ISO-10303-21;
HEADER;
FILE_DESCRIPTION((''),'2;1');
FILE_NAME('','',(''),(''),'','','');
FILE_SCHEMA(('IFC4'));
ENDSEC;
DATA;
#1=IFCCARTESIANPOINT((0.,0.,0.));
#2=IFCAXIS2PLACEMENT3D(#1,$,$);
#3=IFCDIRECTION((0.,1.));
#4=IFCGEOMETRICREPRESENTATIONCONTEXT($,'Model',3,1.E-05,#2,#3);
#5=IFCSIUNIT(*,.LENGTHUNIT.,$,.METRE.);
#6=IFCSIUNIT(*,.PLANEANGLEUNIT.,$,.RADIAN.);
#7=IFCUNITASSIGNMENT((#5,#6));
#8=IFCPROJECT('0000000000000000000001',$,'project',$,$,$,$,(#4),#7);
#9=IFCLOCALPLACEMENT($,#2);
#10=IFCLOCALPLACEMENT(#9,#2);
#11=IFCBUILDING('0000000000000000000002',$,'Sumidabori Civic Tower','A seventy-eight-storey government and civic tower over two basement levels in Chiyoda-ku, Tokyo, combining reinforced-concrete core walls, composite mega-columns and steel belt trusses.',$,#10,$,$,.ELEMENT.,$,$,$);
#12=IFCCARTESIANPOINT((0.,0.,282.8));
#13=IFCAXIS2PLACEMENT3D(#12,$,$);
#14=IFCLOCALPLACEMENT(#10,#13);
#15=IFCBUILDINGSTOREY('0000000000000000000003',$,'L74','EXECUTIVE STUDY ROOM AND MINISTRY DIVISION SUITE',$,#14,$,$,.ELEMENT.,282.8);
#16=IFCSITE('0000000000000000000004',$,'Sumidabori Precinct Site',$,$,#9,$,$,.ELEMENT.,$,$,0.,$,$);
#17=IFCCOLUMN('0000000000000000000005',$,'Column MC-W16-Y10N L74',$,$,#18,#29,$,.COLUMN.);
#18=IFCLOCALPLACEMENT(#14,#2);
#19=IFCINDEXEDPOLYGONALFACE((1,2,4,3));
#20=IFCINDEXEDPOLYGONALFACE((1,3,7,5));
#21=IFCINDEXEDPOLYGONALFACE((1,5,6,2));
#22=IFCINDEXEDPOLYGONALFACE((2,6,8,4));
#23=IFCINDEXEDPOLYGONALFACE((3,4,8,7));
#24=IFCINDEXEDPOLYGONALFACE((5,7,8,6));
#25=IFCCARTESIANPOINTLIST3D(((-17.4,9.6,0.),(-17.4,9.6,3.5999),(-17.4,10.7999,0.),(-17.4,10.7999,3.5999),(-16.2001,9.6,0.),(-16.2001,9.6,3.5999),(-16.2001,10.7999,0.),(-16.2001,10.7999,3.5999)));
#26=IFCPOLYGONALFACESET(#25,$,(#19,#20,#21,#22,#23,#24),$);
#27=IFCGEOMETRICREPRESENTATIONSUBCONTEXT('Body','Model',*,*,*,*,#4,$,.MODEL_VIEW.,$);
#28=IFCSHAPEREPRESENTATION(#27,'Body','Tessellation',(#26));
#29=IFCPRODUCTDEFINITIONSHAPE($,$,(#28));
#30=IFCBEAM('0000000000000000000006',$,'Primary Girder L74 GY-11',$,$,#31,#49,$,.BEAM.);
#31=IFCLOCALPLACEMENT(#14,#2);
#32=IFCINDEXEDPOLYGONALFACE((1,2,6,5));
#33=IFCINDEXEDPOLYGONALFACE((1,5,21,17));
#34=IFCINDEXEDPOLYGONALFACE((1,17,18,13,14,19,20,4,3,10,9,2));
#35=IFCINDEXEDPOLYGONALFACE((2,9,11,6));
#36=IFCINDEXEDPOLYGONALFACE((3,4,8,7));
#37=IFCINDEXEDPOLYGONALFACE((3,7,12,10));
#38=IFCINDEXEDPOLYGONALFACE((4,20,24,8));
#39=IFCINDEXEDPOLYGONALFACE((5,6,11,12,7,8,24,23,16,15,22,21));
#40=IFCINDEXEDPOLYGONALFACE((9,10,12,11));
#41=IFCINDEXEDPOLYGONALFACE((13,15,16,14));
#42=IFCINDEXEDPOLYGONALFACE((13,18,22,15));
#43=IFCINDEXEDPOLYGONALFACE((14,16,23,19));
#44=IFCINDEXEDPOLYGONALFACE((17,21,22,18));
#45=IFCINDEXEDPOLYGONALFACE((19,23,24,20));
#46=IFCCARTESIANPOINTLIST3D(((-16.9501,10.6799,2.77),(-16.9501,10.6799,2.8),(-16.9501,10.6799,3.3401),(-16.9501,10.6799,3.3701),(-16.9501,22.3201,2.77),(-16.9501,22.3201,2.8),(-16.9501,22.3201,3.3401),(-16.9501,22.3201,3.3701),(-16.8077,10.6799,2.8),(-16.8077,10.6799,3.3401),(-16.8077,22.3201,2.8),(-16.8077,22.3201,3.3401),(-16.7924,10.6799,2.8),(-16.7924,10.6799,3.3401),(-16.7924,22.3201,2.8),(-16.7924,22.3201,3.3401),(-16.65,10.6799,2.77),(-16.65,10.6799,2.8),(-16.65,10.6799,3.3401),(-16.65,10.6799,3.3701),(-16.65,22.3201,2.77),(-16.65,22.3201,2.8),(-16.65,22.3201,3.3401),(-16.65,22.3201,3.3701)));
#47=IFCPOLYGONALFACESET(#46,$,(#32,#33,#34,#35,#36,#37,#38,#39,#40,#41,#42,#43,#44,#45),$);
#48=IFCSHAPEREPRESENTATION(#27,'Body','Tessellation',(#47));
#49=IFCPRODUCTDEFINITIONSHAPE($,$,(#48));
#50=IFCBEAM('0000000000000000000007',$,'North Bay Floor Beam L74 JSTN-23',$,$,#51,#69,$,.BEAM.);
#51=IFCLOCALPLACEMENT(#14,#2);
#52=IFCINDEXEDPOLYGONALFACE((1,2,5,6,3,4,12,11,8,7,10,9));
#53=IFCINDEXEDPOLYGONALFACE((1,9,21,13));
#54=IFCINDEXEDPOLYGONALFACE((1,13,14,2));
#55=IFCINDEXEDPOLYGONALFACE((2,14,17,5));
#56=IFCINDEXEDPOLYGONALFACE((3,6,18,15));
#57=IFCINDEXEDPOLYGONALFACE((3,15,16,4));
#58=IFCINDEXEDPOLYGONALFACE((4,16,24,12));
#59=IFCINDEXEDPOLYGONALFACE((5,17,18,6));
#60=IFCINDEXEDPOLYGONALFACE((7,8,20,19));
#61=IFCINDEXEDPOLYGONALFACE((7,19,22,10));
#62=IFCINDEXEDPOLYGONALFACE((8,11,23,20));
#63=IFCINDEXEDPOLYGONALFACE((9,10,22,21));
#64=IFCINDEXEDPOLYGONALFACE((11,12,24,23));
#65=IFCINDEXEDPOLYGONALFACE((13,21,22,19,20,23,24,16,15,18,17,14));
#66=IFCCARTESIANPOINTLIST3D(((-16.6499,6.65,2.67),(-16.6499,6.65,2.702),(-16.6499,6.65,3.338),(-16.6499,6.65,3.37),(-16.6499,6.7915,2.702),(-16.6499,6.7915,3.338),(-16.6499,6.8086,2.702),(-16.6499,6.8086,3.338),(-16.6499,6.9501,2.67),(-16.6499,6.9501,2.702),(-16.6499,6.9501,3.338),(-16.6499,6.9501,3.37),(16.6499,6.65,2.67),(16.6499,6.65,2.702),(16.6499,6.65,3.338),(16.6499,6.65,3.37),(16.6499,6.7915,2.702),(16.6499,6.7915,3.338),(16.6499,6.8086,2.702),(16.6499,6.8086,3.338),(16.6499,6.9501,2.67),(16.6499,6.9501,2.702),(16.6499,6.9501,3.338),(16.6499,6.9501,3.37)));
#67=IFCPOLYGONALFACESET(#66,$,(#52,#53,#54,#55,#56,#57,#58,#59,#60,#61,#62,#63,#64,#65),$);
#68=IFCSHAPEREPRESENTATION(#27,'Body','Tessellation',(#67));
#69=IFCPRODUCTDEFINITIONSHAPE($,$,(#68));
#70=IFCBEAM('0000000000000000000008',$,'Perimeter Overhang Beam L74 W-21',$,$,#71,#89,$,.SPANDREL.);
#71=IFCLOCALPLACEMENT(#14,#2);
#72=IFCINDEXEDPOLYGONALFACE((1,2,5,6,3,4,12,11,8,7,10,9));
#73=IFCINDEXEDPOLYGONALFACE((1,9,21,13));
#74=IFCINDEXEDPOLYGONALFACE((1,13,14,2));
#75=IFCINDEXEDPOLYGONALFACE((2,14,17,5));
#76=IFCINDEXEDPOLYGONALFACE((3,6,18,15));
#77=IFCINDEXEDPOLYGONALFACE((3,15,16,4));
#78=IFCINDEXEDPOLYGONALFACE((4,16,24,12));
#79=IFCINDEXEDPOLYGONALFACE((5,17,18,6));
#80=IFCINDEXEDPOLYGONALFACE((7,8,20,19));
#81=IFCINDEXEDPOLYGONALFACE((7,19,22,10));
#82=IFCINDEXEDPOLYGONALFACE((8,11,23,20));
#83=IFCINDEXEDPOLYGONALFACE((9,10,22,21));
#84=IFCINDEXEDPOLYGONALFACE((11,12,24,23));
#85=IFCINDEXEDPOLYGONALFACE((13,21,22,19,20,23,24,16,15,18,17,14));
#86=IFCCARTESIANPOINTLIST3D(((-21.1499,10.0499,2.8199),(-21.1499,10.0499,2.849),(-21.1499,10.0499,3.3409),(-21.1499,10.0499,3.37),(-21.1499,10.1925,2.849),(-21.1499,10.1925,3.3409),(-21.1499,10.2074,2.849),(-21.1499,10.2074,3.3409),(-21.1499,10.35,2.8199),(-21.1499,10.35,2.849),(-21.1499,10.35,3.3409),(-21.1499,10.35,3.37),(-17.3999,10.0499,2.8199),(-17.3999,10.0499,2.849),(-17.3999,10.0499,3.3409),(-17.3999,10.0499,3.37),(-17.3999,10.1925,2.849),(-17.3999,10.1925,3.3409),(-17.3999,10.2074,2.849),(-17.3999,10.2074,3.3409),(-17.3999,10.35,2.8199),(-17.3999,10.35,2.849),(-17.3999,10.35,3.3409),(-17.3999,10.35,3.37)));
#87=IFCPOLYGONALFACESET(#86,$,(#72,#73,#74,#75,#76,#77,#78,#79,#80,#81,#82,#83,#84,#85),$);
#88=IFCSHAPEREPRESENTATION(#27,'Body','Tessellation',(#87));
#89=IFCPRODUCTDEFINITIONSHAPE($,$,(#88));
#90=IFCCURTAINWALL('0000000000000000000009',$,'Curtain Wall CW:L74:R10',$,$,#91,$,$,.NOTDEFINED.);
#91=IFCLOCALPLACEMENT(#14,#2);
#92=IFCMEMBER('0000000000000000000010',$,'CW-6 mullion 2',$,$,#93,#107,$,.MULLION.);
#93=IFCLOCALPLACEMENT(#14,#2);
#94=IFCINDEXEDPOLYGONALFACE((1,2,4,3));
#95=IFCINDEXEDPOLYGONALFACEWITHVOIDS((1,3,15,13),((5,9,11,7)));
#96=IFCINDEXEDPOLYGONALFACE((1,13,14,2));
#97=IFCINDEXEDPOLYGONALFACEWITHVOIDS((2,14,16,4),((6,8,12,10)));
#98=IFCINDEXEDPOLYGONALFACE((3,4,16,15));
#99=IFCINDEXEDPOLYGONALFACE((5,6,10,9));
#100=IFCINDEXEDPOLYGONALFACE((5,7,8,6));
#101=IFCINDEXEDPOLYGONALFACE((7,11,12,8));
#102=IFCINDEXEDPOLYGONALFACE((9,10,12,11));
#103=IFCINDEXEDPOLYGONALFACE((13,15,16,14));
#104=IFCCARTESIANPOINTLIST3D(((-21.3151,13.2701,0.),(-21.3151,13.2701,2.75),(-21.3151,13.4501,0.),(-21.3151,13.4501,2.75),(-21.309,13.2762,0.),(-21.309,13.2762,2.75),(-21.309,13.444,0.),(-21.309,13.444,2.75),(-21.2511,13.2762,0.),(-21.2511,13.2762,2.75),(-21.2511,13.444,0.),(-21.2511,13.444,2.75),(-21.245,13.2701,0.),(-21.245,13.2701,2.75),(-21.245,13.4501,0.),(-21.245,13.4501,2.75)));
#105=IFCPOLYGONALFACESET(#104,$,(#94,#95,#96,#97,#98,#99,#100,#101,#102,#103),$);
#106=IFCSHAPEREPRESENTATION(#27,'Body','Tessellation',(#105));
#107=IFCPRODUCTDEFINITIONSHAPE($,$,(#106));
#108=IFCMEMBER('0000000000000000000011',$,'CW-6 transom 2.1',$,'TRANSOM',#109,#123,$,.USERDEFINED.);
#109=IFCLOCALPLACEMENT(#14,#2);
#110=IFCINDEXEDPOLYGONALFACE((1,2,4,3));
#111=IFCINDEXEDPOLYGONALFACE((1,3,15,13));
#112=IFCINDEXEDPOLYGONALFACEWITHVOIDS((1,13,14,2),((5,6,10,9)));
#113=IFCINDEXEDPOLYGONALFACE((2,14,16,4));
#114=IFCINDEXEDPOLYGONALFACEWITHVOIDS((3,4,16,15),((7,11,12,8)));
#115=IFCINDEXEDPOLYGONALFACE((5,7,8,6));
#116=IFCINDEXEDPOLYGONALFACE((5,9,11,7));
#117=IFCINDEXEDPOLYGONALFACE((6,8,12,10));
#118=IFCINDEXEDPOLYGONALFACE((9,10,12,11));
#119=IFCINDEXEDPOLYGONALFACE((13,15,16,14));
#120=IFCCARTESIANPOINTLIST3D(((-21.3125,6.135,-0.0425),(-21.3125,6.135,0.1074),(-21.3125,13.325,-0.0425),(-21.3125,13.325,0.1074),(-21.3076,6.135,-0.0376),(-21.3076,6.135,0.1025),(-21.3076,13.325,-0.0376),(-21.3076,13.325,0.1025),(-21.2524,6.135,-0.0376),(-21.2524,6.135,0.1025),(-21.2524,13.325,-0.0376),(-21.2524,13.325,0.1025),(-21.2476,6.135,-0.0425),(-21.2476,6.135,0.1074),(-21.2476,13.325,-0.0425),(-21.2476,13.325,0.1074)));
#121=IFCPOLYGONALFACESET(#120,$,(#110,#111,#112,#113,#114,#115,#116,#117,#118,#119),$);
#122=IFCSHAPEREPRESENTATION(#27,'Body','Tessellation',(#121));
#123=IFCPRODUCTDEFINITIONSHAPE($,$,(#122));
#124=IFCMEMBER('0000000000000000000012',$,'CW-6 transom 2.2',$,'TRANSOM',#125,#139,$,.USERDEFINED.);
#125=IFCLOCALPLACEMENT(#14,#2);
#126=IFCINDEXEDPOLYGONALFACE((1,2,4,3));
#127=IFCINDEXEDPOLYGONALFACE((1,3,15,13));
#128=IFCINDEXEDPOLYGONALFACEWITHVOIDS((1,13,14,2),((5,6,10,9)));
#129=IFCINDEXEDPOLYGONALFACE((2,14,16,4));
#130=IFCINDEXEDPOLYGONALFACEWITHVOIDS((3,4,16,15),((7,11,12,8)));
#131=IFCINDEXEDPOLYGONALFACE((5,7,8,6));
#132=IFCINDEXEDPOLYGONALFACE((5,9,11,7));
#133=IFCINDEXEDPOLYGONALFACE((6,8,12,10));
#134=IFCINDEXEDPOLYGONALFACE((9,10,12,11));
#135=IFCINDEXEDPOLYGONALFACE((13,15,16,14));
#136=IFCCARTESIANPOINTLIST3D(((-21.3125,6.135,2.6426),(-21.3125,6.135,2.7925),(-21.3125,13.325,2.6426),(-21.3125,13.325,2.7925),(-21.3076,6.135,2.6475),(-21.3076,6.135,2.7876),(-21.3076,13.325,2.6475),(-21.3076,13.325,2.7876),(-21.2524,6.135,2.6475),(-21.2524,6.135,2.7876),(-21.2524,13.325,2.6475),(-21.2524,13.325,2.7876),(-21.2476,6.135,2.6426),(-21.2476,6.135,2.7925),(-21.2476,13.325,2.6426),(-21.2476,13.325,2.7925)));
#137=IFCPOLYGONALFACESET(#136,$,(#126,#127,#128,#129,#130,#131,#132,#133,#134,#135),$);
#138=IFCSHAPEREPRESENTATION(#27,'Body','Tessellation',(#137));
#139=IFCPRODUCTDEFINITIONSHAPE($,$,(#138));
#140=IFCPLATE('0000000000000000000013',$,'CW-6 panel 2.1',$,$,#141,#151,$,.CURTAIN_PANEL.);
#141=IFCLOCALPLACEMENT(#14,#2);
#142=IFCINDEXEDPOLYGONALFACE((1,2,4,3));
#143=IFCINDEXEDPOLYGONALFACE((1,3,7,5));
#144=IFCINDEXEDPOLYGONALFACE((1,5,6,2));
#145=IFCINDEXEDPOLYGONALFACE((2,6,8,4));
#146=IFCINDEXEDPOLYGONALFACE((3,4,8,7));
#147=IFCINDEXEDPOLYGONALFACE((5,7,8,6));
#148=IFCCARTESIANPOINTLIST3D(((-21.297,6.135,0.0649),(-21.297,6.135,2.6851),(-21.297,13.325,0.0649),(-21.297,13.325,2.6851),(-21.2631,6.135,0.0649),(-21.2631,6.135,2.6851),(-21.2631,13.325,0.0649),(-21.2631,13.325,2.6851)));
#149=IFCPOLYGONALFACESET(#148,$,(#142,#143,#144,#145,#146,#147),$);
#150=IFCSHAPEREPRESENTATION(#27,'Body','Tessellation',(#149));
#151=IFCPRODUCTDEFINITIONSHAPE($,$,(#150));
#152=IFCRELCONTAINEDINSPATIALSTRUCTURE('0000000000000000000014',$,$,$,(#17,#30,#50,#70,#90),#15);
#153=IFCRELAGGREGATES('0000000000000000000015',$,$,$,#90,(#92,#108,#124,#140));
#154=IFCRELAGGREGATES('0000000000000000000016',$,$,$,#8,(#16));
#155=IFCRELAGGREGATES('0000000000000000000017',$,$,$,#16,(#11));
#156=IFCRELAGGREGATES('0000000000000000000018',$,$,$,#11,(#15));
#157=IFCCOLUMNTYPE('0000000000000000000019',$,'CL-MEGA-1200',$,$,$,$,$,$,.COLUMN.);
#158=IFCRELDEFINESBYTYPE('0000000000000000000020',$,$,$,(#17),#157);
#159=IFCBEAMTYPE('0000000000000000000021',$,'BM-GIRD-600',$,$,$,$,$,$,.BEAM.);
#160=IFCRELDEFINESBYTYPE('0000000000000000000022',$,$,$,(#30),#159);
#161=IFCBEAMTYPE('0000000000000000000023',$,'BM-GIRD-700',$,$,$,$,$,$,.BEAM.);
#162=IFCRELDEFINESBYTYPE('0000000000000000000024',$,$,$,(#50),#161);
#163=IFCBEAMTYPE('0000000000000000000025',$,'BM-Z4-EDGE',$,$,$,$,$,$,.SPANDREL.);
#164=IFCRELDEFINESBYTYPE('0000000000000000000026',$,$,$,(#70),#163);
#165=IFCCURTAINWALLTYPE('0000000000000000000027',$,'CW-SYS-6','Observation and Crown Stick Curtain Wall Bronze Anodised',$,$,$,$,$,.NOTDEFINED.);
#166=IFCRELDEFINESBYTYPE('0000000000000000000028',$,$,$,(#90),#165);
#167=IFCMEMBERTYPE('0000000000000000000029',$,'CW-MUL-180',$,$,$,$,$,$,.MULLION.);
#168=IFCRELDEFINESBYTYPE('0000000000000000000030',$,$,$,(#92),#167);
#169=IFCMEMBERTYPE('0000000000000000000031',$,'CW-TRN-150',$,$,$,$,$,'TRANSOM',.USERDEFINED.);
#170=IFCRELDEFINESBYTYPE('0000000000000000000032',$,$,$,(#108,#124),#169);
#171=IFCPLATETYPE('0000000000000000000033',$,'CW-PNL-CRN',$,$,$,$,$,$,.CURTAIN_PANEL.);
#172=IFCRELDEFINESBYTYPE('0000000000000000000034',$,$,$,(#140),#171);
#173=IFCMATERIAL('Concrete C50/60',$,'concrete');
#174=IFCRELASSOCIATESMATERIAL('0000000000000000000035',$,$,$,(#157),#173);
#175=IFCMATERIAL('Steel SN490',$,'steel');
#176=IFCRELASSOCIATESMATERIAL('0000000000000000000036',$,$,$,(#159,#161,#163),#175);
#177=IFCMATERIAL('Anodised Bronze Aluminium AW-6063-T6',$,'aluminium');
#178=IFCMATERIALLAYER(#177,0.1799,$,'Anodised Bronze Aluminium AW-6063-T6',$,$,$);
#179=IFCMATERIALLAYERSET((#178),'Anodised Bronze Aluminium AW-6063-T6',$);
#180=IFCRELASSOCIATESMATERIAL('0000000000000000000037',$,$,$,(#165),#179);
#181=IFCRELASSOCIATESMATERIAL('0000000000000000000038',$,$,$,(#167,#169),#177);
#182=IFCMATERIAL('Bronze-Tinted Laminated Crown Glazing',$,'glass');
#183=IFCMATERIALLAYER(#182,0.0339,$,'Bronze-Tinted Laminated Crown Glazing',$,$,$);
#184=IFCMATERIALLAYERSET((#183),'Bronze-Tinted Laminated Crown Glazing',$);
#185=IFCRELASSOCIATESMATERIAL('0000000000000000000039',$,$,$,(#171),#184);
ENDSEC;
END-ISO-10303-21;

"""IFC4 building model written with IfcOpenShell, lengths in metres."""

from ifc_helpers import new_model, si_unit, direction, frame, origin, origin_2d, place, context, subcontext, project, spatial, rectangle, hollow_rectangle, i_section, extrude, source, transform, mapped, material, layer, layer_set, material_profile, profile_set, type_object, element, aggregate, save


model = new_model("IFC4")

# Units and contexts
model_context = context("Model", 3, precision=1e-05, world=origin(), true_north=direction((0.0, 1.0)))
body_context = subcontext(model_context, "Body", "Model", "MODEL_VIEW")
ifc_project = project(units=[si_unit("LENGTHUNIT", "METRE"), si_unit("PLANEANGLEUNIT", "RADIAN")], contexts=[model_context])

# Site, building, storey
site_placement = place(None, origin())
site = spatial("IfcSite", under=ifc_project, at=site_placement, Name="Sumidabori Precinct Site", CompositionType="ELEMENT", RefElevation=0.0)
building_placement = place(site_placement, origin())
building = spatial("IfcBuilding", under=site, at=building_placement, Name="Sumidabori Civic Tower", Description="A seventy-eight-storey government and civic tower over two basement levels in Chiyoda-ku, Tokyo, combining reinforced-concrete core walls, composite mega-columns and steel belt trusses.", CompositionType="ELEMENT")
storey_placement = place(building_placement, frame((0.0, 0.0, 282.8)))
storey = spatial("IfcBuildingStorey", under=building, at=storey_placement, Name="L74", Description="EXECUTIVE STUDY ROOM AND MINISTRY DIVISION SUITE", CompositionType="ELEMENT", Elevation=282.8)

# Column
ifc_material_1 = material(Name="Concrete C50/60", Category="concrete")
ifc_material_profile_1 = material_profile(ifc_material_1, rectangle(XDim=1.2, YDim=1.2, at=origin_2d()), Name="RC 1200x1200")
ifc_profile_set_1 = profile_set([ifc_material_profile_1], Name="Concrete C50/60")
column_type = type_object("IfcColumnType", Name="CL-MEGA-1200", PredefinedType="COLUMN", material=ifc_profile_set_1)
shared_shape_1 = source(origin(), body_context, "Body", "SweptSolid", [
    extrude(rectangle(XDim=1.2, YDim=1.2, at=origin_2d()), origin(), (0.0, 0.0, 1.0), 3.5999),
])
column_placement = place(storey_placement, frame((-16.8, 10.2, 0.0), z_axis=(0.0, 0.0, 1.0), x_axis=(1.0, 0.0, 0.0)))
element("IfcColumn", 1, at=column_placement, inside=storey, type_object=column_type, Name="Column MC-W16-Y10N L74", PredefinedType="COLUMN", context=body_context, shape_type="MappedRepresentation", body=[
    mapped(shared_shape_1, transform((0.0, 0.0, 0.0), x_axis=(1.0, 0.0, 0.0), y_axis=(0.0, 1.0, 0.0), z_axis=(0.0, 0.0, 1.0), scale=1.0)),
])

# Beams
ifc_material_2 = material(Name="Steel SN490", Category="steel")
ifc_material_profile_2 = material_profile(ifc_material_2, i_section(OverallWidth=0.3, OverallDepth=0.6001, WebThickness=0.0154, FlangeThickness=0.03, at=origin_2d()), Name="HE 600 B")
ifc_profile_set_2 = profile_set([ifc_material_profile_2], Name="Steel SN490")
beam_type_1 = type_object("IfcBeamType", Name="BM-GIRD-600", PredefinedType="BEAM", material=ifc_profile_set_2)
shared_shape_2 = source(origin(), body_context, "Body", "SweptSolid", [
    extrude(i_section(OverallWidth=0.3, OverallDepth=0.6001, WebThickness=0.0154, FlangeThickness=0.03, at=origin_2d()), origin(), (0.0, 0.0, 1.0), 11.6401),
])
beam_1_placement = place(storey_placement, frame((-16.8, 10.6799, 3.0701), z_axis=(0.0, 1.0, 0.0), x_axis=(-1.0, 0.0, 0.0)))
element("IfcBeam", 2, at=beam_1_placement, inside=storey, type_object=beam_type_1, Name="Primary Girder L74 GY-11", PredefinedType="BEAM", context=body_context, shape_type="MappedRepresentation", body=[
    mapped(shared_shape_2, transform((0.0, 0.0, 0.0), x_axis=(1.0, 0.0, 0.0), y_axis=(0.0, 1.0, 0.0), z_axis=(0.0, 0.0, 1.0), scale=1.0)),
])
ifc_material_profile_3 = material_profile(ifc_material_2, i_section(OverallWidth=0.3, OverallDepth=0.7, WebThickness=0.0171, FlangeThickness=0.032, at=origin_2d()), Name="HE 700 B")
ifc_profile_set_3 = profile_set([ifc_material_profile_3], Name="Steel SN490")
beam_type_2 = type_object("IfcBeamType", Name="BM-GIRD-700", PredefinedType="BEAM", material=ifc_profile_set_3)
shared_shape_3 = source(origin(), body_context, "Body", "SweptSolid", [
    extrude(i_section(OverallWidth=0.3, OverallDepth=0.7, WebThickness=0.0171, FlangeThickness=0.032, at=origin_2d()), origin(), (0.0, 0.0, 1.0), 33.2998),
])
beam_2_placement = place(storey_placement, frame((-16.6499, 6.8, 3.02), z_axis=(1.0, 0.0, 0.0), x_axis=(0.0, 1.0, 0.0)))
element("IfcBeam", 3, at=beam_2_placement, inside=storey, type_object=beam_type_2, Name="North Bay Floor Beam L74 JSTN-23", PredefinedType="BEAM", context=body_context, shape_type="MappedRepresentation", body=[
    mapped(shared_shape_3, transform((0.0, 0.0, 0.0), x_axis=(1.0, 0.0, 0.0), y_axis=(0.0, 1.0, 0.0), z_axis=(0.0, 0.0, 1.0), scale=1.0)),
])
ifc_material_profile_4 = material_profile(ifc_material_2, i_section(OverallWidth=0.3, OverallDepth=0.55, WebThickness=0.0149, FlangeThickness=0.0291, at=origin_2d()), Name="HE 550 B")
ifc_profile_set_4 = profile_set([ifc_material_profile_4], Name="Steel SN490")
beam_type_3 = type_object("IfcBeamType", Name="BM-Z4-EDGE", PredefinedType="SPANDREL", material=ifc_profile_set_4)
shared_shape_4 = source(origin(), body_context, "Body", "SweptSolid", [
    extrude(i_section(OverallWidth=0.3, OverallDepth=0.55, WebThickness=0.0149, FlangeThickness=0.0291, at=origin_2d()), origin(), (0.0, 0.0, 1.0), 3.75),
])
beam_3_placement = place(storey_placement, frame((-21.1499, 10.2, 3.095), z_axis=(1.0, 0.0, 0.0), x_axis=(0.0, 1.0, 0.0)))
element("IfcBeam", 4, at=beam_3_placement, inside=storey, type_object=beam_type_3, Name="Perimeter Overhang Beam L74 W-21", PredefinedType="SPANDREL", context=body_context, shape_type="MappedRepresentation", body=[
    mapped(shared_shape_4, transform((0.0, 0.0, 0.0), x_axis=(1.0, 0.0, 0.0), y_axis=(0.0, 1.0, 0.0), z_axis=(0.0, 0.0, 1.0), scale=1.0)),
])

# Curtain wall, members, plate
ifc_material_3 = material(Name="Anodised Bronze Aluminium AW-6063-T6", Category="aluminium")
ifc_layer_1 = layer(ifc_material_3, 0.1799, Name="Anodised Bronze Aluminium AW-6063-T6")
ifc_layer_set_1 = layer_set([ifc_layer_1], Name="Anodised Bronze Aluminium AW-6063-T6")
curtain_wall_type = type_object("IfcCurtainWallType", Name="CW-SYS-6", Description="Observation and Crown Stick Curtain Wall Bronze Anodised", PredefinedType="NOTDEFINED", material=ifc_layer_set_1)
curtain_wall_placement = place(storey_placement, origin())
curtain_wall = element("IfcCurtainWall", 5, at=curtain_wall_placement, inside=storey, type_object=curtain_wall_type, Name="Curtain Wall CW:L74:R10", PredefinedType="NOTDEFINED")
ifc_material_profile_5 = material_profile(ifc_material_3, hollow_rectangle(XDim=0.0701, YDim=0.1799, WallThickness=0.0061, at=origin_2d()), Name="ALU MULLION 180x70")
ifc_profile_set_5 = profile_set([ifc_material_profile_5], Name="Anodised Bronze Aluminium AW-6063-T6")
member_type_1 = type_object("IfcMemberType", Name="CW-MUL-180", PredefinedType="MULLION", material=ifc_profile_set_5)
shared_shape_5 = source(origin(), body_context, "Body", "SweptSolid", [
    extrude(hollow_rectangle(XDim=0.0701, YDim=0.1799, WallThickness=0.0061, at=origin_2d()), origin(), (0.0, 0.0, 1.0), 2.75),
])
member_1_placement = place(storey_placement, frame((-21.28, 13.3601, 0.0), z_axis=(0.0, 0.0, 1.0), x_axis=(1.0, 0.0, 0.0)))
member_1 = element("IfcMember", 6, at=member_1_placement, type_object=member_type_1, Name="CW-6 mullion 2", PredefinedType="MULLION", context=body_context, shape_type="MappedRepresentation", body=[
    mapped(shared_shape_5, transform((0.0, 0.0, 0.0), x_axis=(1.0, 0.0, 0.0), y_axis=(0.0, 1.0, 0.0), z_axis=(0.0, 0.0, 1.0), scale=1.0)),
])
ifc_material_profile_6 = material_profile(ifc_material_3, hollow_rectangle(XDim=0.0649, YDim=0.1499, WallThickness=0.0049, at=origin_2d()), Name="ALU TRANSOM 150x65")
ifc_profile_set_6 = profile_set([ifc_material_profile_6], Name="Anodised Bronze Aluminium AW-6063-T6")
member_type_2 = type_object("IfcMemberType", Name="CW-TRN-150", ElementType="TRANSOM", PredefinedType="USERDEFINED", material=ifc_profile_set_6)
shared_shape_6 = source(origin(), body_context, "Body", "SweptSolid", [
    extrude(hollow_rectangle(XDim=0.0649, YDim=0.1499, WallThickness=0.0049, at=origin_2d()), origin(), (0.0, 0.0, 1.0), 7.1899),
])
member_2_placement = place(storey_placement, frame((-21.28, 13.325, 0.0325), z_axis=(0.0, -1.0, 0.0), x_axis=(1.0, 0.0, 0.0)))
member_2 = element("IfcMember", 7, at=member_2_placement, type_object=member_type_2, Name="CW-6 transom 2.1", ObjectType="TRANSOM", PredefinedType="USERDEFINED", context=body_context, shape_type="MappedRepresentation", body=[
    mapped(shared_shape_6, transform((0.0, 0.0, 0.0), x_axis=(1.0, 0.0, 0.0), y_axis=(0.0, 1.0, 0.0), z_axis=(0.0, 0.0, 1.0), scale=1.0)),
])
member_3_placement = place(storey_placement, frame((-21.28, 13.325, 2.7175), z_axis=(0.0, -1.0, 0.0), x_axis=(1.0, 0.0, 0.0)))
member_3 = element("IfcMember", 8, at=member_3_placement, type_object=member_type_2, Name="CW-6 transom 2.2", ObjectType="TRANSOM", PredefinedType="USERDEFINED", context=body_context, shape_type="MappedRepresentation", body=[
    mapped(shared_shape_6, transform((0.0, 0.0, 0.0), x_axis=(1.0, 0.0, 0.0), y_axis=(0.0, 1.0, 0.0), z_axis=(0.0, 0.0, 1.0), scale=1.0)),
])
ifc_material_4 = material(Name="Bronze-Tinted Laminated Crown Glazing", Category="glass")
ifc_layer_2 = layer(ifc_material_4, 0.0339, Name="Bronze-Tinted Laminated Crown Glazing")
ifc_layer_set_2 = layer_set([ifc_layer_2], Name="Bronze-Tinted Laminated Crown Glazing")
plate_type = type_object("IfcPlateType", Name="CW-PNL-CRN", PredefinedType="CURTAIN_PANEL", material=ifc_layer_set_2)
shared_shape_7 = source(origin(), body_context, "Body", "SweptSolid", [
    extrude(rectangle(XDim=7.1899, YDim=0.0339, at=origin_2d()), origin(), (0.0, 0.0, 1.0), 2.6201),
])
plate_placement = place(storey_placement, frame((-21.28, 9.73, 0.0649), z_axis=(0.0, 0.0, 1.0), x_axis=(0.0, -1.0, 0.0)))
plate = element("IfcPlate", 9, at=plate_placement, type_object=plate_type, Name="CW-6 panel 2.1", PredefinedType="CURTAIN_PANEL", context=body_context, shape_type="MappedRepresentation", body=[
    mapped(shared_shape_7, transform((0.0, 0.0, 0.0), x_axis=(1.0, 0.0, 0.0), y_axis=(0.0, 1.0, 0.0), z_axis=(0.0, 0.0, 1.0), scale=1.0)),
])
aggregate(curtain_wall, [member_1, member_2, member_3, plate])

save(model, "model.ifc")
